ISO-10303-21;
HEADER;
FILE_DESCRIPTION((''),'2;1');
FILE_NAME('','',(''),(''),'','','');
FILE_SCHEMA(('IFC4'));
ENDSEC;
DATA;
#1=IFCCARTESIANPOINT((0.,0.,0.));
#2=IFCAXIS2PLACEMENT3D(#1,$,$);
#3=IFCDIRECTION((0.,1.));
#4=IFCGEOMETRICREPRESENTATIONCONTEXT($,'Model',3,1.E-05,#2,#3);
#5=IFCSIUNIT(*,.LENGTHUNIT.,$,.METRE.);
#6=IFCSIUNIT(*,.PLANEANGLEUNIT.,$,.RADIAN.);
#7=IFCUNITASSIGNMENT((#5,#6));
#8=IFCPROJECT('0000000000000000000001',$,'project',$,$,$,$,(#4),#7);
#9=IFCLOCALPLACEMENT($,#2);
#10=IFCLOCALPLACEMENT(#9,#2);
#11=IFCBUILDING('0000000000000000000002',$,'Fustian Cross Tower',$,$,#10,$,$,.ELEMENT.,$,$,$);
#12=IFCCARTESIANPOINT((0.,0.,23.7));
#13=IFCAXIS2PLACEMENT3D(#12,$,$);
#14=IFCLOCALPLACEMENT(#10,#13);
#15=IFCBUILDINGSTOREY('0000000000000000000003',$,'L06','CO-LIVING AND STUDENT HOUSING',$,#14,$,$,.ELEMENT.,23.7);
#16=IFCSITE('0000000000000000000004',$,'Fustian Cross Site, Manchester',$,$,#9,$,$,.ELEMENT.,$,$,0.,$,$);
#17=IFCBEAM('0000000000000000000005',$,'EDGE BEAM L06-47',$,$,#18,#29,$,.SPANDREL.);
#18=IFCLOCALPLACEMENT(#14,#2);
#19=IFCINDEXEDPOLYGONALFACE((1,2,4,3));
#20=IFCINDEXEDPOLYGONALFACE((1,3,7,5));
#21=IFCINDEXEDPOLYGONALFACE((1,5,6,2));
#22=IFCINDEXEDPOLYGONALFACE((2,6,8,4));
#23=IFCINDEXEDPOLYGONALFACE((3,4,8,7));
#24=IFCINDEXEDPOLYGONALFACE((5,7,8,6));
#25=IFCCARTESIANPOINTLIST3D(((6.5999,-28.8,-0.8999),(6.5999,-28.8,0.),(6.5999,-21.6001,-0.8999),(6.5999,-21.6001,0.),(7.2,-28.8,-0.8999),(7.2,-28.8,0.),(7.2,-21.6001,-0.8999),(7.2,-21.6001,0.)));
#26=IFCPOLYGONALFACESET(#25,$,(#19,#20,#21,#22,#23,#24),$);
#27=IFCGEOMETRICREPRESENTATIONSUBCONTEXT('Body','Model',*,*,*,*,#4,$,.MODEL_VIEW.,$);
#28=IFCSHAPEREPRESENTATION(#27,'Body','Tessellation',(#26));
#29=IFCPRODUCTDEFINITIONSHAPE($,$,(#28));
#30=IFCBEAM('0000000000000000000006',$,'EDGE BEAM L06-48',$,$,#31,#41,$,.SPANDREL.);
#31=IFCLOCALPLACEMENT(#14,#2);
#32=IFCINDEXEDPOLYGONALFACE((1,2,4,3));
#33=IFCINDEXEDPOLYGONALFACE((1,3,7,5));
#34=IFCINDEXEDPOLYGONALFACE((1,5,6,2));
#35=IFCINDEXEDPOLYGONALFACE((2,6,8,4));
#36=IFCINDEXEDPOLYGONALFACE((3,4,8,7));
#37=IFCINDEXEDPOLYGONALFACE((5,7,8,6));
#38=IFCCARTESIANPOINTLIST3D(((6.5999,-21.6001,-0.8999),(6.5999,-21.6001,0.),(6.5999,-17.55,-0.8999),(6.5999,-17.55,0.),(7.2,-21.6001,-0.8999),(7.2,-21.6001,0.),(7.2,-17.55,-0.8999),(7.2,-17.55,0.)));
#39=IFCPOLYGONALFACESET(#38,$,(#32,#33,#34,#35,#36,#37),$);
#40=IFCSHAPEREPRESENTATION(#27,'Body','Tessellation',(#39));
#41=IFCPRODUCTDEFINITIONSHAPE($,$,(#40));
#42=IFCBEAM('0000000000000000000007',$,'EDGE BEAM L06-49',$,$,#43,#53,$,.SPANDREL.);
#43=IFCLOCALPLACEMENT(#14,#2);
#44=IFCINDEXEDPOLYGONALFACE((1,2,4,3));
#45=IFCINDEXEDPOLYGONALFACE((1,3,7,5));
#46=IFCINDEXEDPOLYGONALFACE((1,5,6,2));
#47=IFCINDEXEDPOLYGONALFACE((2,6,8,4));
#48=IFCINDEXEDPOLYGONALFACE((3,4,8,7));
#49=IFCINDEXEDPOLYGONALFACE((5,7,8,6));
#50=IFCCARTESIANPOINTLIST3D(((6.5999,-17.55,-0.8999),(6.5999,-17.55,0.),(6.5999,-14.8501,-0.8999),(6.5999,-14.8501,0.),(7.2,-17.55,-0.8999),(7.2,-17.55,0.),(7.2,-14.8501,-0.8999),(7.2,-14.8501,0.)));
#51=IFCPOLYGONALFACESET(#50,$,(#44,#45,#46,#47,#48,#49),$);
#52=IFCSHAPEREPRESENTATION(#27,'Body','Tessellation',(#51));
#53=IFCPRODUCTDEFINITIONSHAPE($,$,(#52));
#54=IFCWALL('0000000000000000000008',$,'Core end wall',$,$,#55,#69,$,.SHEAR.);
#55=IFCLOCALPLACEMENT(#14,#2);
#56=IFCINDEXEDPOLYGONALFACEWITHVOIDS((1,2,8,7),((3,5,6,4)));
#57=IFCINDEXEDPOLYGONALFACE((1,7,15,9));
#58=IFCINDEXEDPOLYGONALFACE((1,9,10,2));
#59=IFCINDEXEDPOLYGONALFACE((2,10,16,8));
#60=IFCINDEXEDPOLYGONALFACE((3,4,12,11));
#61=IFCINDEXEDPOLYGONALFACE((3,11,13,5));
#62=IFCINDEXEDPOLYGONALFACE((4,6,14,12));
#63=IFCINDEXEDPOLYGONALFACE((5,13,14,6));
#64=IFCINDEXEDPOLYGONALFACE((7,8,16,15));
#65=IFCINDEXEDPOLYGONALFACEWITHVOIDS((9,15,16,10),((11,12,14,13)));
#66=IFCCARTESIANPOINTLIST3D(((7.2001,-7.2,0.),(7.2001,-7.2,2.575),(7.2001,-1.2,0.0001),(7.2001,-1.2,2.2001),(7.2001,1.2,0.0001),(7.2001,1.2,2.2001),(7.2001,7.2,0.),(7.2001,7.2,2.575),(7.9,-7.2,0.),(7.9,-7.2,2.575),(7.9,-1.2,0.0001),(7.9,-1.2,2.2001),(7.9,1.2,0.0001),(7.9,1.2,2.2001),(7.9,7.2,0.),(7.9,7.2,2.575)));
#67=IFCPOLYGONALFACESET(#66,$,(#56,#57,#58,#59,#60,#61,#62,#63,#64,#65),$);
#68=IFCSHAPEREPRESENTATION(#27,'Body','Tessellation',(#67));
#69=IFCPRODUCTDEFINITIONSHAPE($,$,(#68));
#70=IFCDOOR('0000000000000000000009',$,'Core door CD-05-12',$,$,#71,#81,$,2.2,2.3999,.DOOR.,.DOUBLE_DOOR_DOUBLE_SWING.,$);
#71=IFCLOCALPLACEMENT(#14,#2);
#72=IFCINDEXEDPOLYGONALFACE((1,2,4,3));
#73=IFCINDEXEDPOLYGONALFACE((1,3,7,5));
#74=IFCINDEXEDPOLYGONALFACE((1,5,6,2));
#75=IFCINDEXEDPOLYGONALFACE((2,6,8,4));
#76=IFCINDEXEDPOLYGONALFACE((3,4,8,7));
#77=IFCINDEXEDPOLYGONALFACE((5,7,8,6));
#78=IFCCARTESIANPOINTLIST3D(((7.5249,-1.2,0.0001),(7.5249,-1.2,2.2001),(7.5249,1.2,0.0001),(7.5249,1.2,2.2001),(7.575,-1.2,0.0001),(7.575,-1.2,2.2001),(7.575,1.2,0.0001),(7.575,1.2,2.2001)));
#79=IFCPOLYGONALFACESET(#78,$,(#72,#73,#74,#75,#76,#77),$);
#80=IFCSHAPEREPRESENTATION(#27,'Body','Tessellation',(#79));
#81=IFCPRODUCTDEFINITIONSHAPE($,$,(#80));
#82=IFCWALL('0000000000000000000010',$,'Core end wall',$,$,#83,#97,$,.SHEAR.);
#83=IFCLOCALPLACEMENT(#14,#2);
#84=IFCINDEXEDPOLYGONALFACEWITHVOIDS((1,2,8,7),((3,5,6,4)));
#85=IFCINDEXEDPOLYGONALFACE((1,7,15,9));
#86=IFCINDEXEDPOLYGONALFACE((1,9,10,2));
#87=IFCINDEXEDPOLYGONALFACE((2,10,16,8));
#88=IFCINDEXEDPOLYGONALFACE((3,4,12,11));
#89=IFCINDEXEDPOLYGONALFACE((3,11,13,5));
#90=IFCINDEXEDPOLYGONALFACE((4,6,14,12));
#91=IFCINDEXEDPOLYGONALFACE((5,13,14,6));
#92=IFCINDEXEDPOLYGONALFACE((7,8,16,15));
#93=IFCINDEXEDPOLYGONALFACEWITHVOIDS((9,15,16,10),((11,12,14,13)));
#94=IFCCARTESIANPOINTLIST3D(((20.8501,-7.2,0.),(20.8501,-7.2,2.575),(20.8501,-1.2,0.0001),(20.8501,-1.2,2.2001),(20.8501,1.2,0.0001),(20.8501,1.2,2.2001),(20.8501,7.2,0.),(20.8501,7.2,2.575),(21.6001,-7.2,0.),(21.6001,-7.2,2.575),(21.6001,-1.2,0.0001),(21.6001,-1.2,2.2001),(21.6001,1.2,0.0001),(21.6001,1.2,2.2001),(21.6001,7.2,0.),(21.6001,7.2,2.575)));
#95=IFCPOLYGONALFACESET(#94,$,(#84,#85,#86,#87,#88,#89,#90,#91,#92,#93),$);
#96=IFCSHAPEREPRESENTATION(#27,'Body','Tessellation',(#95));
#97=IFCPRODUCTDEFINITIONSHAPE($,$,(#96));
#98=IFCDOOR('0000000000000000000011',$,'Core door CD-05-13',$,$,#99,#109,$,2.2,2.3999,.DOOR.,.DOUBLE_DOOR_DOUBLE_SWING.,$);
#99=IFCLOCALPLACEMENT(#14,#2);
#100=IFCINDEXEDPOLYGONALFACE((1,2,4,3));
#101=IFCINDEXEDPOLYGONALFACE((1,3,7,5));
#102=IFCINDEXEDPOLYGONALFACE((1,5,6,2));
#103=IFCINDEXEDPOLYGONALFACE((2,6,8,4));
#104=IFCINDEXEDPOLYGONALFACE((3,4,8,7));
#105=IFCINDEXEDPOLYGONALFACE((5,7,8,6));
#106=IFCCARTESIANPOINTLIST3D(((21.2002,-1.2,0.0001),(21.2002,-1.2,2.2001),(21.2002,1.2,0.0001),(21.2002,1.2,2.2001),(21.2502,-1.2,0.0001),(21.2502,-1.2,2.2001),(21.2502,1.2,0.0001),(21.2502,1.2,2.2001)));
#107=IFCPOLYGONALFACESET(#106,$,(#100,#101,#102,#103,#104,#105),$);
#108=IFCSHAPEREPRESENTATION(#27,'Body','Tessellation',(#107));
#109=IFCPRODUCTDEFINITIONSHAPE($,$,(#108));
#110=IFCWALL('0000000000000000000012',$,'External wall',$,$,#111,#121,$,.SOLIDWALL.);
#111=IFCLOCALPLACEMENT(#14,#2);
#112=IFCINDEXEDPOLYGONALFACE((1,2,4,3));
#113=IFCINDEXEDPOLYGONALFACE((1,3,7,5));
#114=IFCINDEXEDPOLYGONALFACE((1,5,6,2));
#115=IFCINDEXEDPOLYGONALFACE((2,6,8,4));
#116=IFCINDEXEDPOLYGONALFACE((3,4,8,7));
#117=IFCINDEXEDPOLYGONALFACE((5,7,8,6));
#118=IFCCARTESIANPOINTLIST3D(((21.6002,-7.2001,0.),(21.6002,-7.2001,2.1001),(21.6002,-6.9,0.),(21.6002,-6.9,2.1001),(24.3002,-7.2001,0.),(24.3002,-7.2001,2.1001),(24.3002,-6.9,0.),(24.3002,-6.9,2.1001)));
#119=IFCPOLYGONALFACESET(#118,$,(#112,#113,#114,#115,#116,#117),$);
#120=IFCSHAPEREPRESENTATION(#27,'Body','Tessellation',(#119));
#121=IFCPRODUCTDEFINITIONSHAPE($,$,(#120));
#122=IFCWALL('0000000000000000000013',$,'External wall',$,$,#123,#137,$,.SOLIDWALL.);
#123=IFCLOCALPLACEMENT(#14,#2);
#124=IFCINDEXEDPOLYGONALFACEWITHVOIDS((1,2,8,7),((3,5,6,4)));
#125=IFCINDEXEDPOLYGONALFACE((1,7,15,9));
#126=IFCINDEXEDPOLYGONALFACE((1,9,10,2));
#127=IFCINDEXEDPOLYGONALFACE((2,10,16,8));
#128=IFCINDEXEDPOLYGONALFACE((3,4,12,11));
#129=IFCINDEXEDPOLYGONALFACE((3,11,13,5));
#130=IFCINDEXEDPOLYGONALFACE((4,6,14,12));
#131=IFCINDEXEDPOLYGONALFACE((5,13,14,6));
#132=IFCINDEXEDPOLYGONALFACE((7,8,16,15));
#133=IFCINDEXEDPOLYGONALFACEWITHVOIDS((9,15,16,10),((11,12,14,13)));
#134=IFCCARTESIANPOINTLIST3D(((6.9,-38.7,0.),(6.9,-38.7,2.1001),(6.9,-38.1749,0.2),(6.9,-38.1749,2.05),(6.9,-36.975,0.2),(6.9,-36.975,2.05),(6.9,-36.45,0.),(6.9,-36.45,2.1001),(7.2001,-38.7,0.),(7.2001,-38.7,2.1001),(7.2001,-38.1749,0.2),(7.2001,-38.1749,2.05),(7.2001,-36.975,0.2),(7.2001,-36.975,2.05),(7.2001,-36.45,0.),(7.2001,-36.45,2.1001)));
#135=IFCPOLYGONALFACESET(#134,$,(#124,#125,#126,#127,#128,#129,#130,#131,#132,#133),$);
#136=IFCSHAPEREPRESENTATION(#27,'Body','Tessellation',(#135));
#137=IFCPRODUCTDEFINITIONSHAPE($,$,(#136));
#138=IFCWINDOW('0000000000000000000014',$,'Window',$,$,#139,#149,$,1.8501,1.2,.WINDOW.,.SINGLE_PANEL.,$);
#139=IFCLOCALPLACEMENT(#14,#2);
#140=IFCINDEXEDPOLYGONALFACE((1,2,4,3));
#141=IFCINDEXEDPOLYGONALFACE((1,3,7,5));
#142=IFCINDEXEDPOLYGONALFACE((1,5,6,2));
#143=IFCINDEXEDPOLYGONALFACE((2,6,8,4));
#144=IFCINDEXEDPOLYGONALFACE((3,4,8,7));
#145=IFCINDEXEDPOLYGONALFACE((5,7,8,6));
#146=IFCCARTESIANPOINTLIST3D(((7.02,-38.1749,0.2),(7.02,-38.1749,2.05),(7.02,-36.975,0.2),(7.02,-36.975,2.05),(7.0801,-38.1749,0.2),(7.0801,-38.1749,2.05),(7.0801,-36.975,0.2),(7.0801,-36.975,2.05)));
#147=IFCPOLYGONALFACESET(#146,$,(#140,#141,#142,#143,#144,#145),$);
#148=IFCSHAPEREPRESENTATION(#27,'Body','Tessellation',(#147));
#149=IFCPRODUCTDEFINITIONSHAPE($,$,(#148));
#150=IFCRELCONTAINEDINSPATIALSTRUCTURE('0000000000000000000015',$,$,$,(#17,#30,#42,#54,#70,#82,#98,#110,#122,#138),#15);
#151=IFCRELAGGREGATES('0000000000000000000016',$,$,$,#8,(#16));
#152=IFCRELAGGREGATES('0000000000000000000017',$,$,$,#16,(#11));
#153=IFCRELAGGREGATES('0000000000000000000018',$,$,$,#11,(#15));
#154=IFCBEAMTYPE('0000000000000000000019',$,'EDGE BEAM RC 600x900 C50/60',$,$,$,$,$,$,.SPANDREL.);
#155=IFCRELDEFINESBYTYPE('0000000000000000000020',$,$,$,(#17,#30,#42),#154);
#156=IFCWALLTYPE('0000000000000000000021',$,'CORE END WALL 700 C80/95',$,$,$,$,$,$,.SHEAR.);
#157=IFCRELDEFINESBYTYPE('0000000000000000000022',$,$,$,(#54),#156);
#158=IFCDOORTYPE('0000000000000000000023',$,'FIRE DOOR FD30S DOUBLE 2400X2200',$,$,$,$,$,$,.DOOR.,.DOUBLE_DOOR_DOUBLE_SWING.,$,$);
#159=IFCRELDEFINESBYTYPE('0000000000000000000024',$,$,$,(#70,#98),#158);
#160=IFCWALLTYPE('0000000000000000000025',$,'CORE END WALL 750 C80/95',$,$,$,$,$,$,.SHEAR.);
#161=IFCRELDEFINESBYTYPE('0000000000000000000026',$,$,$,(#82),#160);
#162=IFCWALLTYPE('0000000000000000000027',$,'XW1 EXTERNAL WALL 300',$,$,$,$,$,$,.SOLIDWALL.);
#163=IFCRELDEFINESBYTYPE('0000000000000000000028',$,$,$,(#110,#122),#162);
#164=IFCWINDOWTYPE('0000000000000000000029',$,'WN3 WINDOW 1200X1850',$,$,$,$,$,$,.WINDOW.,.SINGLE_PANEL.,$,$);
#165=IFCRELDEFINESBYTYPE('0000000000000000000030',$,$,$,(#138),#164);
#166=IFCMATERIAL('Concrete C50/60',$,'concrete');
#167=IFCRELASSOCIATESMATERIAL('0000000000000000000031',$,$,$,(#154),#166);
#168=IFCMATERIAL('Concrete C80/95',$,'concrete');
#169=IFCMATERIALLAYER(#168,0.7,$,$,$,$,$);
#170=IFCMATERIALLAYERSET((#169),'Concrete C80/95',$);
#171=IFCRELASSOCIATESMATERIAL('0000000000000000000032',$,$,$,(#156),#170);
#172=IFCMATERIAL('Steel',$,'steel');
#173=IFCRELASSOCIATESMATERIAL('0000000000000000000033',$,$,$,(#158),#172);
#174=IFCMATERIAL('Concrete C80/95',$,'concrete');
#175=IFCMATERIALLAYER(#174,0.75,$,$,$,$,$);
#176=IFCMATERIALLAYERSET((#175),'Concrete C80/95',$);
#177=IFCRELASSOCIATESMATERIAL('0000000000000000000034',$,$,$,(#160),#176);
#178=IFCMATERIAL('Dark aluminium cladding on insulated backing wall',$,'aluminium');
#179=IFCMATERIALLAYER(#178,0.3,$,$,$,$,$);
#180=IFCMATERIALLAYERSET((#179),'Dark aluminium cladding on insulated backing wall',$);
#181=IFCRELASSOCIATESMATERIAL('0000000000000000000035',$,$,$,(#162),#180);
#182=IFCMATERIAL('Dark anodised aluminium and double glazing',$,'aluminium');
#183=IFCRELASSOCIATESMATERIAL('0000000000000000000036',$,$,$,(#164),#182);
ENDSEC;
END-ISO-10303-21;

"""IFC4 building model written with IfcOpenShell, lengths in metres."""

from ifc_helpers import new_model, si_unit, direction, frame, frame_2d, origin, origin_2d, place, context, subcontext, project, spatial, rectangle, extrude, material, layer, layer_set, material_profile, profile_set, type_object, element, fill, save


model = new_model("IFC4")

# Units and contexts
model_context = context("Model", 3, precision=1e-05, world=origin(), true_north=direction((0.0, 1.0)))
body_context = subcontext(model_context, "Body", "Model", "MODEL_VIEW")
ifc_project = project(units=[si_unit("LENGTHUNIT", "METRE"), si_unit("PLANEANGLEUNIT", "RADIAN")], contexts=[model_context])

# Site, building, storey
site_placement = place(None, origin())
site = spatial("IfcSite", under=ifc_project, at=site_placement, Name="Fustian Cross Site, Manchester", CompositionType="ELEMENT", RefElevation=0.0)
building_placement = place(site_placement, origin())
building = spatial("IfcBuilding", under=site, at=building_placement, Name="Fustian Cross Tower", CompositionType="ELEMENT")
storey_placement = place(building_placement, frame((0.0, 0.0, 23.7)))
storey = spatial("IfcBuildingStorey", under=building, at=storey_placement, Name="L06", Description="CO-LIVING AND STUDENT HOUSING", CompositionType="ELEMENT", Elevation=23.7)

# Beams
ifc_material_1 = material(Name="Concrete C50/60", Category="concrete")
ifc_material_profile = material_profile(ifc_material_1, rectangle(XDim=0.6001, YDim=0.8999, at=origin_2d()), Name="RC 600x900")
ifc_profile_set = profile_set([ifc_material_profile], Name="Concrete C50/60")
beam_type = type_object("IfcBeamType", Name="EDGE BEAM RC 600x900 C50/60", PredefinedType="SPANDREL", material=ifc_profile_set)
beam_1_placement = place(storey_placement, frame((6.8999, -28.8, -0.45), z_axis=(0.0, 1.0, 0.0), x_axis=(-1.0, 0.0, 0.0)))
element("IfcBeam", 1, at=beam_1_placement, inside=storey, type_object=beam_type, Name="EDGE BEAM L06-47", PredefinedType="SPANDREL", context=body_context, shape_type="SweptSolid", body=[
    extrude(rectangle(XDim=0.6001, YDim=0.8999, at=origin_2d()), origin(), (0.0, 0.0, 1.0), 7.2),
])
beam_2_placement = place(storey_placement, frame((6.8999, -21.6001, -0.45), z_axis=(0.0, 1.0, 0.0), x_axis=(-1.0, 0.0, 0.0)))
element("IfcBeam", 2, at=beam_2_placement, inside=storey, type_object=beam_type, Name="EDGE BEAM L06-48", PredefinedType="SPANDREL", context=body_context, shape_type="SweptSolid", body=[
    extrude(rectangle(XDim=0.6001, YDim=0.8999, at=origin_2d()), origin(), (0.0, 0.0, 1.0), 4.05),
])
beam_3_placement = place(storey_placement, frame((6.8999, -17.55, -0.45), z_axis=(0.0, 1.0, 0.0), x_axis=(-1.0, 0.0, 0.0)))
element("IfcBeam", 3, at=beam_3_placement, inside=storey, type_object=beam_type, Name="EDGE BEAM L06-49", PredefinedType="SPANDREL", context=body_context, shape_type="SweptSolid", body=[
    extrude(rectangle(XDim=0.6001, YDim=0.8999, at=origin_2d()), origin(), (0.0, 0.0, 1.0), 2.7),
])

# Walls, openings, doors
ifc_material_2 = material(Name="Concrete C80/95", Category="concrete")
ifc_layer_1 = layer(ifc_material_2, 0.7)
ifc_layer_set_1 = layer_set([ifc_layer_1], Name="Concrete C80/95")
wall_type_1 = type_object("IfcWallType", Name="CORE END WALL 700 C80/95", PredefinedType="SHEAR", material=ifc_layer_set_1)
wall_1_placement = place(storey_placement, frame((7.55, -7.2, 0.0), z_axis=(0.0, 0.0, 1.0), x_axis=(0.0, 1.0, 0.0)))
wall_1 = element("IfcWall", 4, at=wall_1_placement, inside=storey, type_object=wall_type_1, Name="Core end wall", PredefinedType="SHEAR", context=body_context, shape_type="SweptSolid", body=[
    extrude(rectangle(XDim=14.3999, YDim=0.7, at=frame_2d((7.2, 0.0))), origin(), (0.0, 0.0, 1.0), 2.575),
])
opening_1_placement = place(wall_1_placement, frame((6.0, 0.0, 0.0)))
opening_1 = element("IfcOpeningElement", 5, at=opening_1_placement, cuts=wall_1, PredefinedType="OPENING", context=body_context, shape_type="SweptSolid", body=[
    extrude(rectangle(XDim=2.3999, YDim=2.2, at=frame_2d((1.2, 1.1001))), frame((0.0, 0.3599, 0.0), z_axis=(0.0, -1.0, 0.0), x_axis=(1.0, 0.0, 0.0)), (0.0, 0.0, 1.0), 0.72),
])
ifc_material_3 = material(Name="Steel", Category="steel")
door_type = type_object("IfcDoorType", Name="FIRE DOOR FD30S DOUBLE 2400X2200", OperationType="DOUBLE_DOOR_DOUBLE_SWING", PredefinedType="DOOR", material=ifc_material_3)
door_1_placement = place(opening_1_placement, frame((2.3999, 0.0, 0.0), z_axis=(0.0, 0.0, 1.0), x_axis=(-1.0, 0.0, 0.0)))
door_1 = element("IfcDoor", 6, at=door_1_placement, inside=storey, type_object=door_type, Name="Core door CD-05-12", OperationType="DOUBLE_DOOR_DOUBLE_SWING", OverallHeight=2.2, OverallWidth=2.3999, PredefinedType="DOOR", context=body_context, shape_type="SweptSolid", body=[
    extrude(rectangle(XDim=2.3999, YDim=2.2, at=frame_2d((1.2, 1.1001))), frame((0.0, 0.0249, 0.0), z_axis=(0.0, -1.0, 0.0), x_axis=(1.0, 0.0, 0.0)), (0.0, 0.0, 1.0), 0.05),
])
fill(opening_1, door_1)
ifc_material_4 = material(Name="Concrete C80/95", Category="concrete")
ifc_layer_2 = layer(ifc_material_4, 0.75)
ifc_layer_set_2 = layer_set([ifc_layer_2], Name="Concrete C80/95")
wall_type_2 = type_object("IfcWallType", Name="CORE END WALL 750 C80/95", PredefinedType="SHEAR", material=ifc_layer_set_2)
wall_2_placement = place(storey_placement, frame((21.2251, -7.2, 0.0), z_axis=(0.0, 0.0, 1.0), x_axis=(0.0, 1.0, 0.0)))
wall_2 = element("IfcWall", 7, at=wall_2_placement, inside=storey, type_object=wall_type_2, Name="Core end wall", PredefinedType="SHEAR", context=body_context, shape_type="SweptSolid", body=[
    extrude(rectangle(XDim=14.3999, YDim=0.75, at=frame_2d((7.2, 0.0))), origin(), (0.0, 0.0, 1.0), 2.575),
])
opening_2_placement = place(wall_2_placement, frame((6.0, 0.0, 0.0)))
opening_2 = element("IfcOpeningElement", 8, at=opening_2_placement, cuts=wall_2, PredefinedType="OPENING", context=body_context, shape_type="SweptSolid", body=[
    extrude(rectangle(XDim=2.3999, YDim=2.2, at=frame_2d((1.2, 1.1001))), frame((0.0, 0.385, 0.0), z_axis=(0.0, -1.0, 0.0), x_axis=(1.0, 0.0, 0.0)), (0.0, 0.0, 1.0), 0.77),
])
door_2_placement = place(opening_2_placement, origin())
door_2 = element("IfcDoor", 9, at=door_2_placement, inside=storey, type_object=door_type, Name="Core door CD-05-13", OperationType="DOUBLE_DOOR_DOUBLE_SWING", OverallHeight=2.2, OverallWidth=2.3999, PredefinedType="DOOR", context=body_context, shape_type="SweptSolid", body=[
    extrude(rectangle(XDim=2.3999, YDim=2.2, at=frame_2d((1.2, 1.1001))), frame((0.0, 0.0249, 0.0), z_axis=(0.0, -1.0, 0.0), x_axis=(1.0, 0.0, 0.0)), (0.0, 0.0, 1.0), 0.05),
])
fill(opening_2, door_2)

# Wall
ifc_material_5 = material(Name="Dark aluminium cladding on insulated backing wall", Category="aluminium")
ifc_layer_3 = layer(ifc_material_5, 0.3)
ifc_layer_set_3 = layer_set([ifc_layer_3], Name="Dark aluminium cladding on insulated backing wall")
wall_type_3 = type_object("IfcWallType", Name="XW1 EXTERNAL WALL 300", PredefinedType="SOLIDWALL", material=ifc_layer_set_3)
wall_3_placement = place(storey_placement, frame((21.6001, -7.05, 0.0), z_axis=(0.0, 0.0, 1.0), x_axis=(1.0, 0.0, 0.0)))
element("IfcWall", 10, at=wall_3_placement, inside=storey, type_object=wall_type_3, Name="External wall", PredefinedType="SOLIDWALL", context=body_context, shape_type="SweptSolid", body=[
    extrude(rectangle(XDim=2.7, YDim=0.3, at=frame_2d((1.3501, 0.0))), origin(), (0.0, 0.0, 1.0), 2.1001),
])

# Wall, opening, window
wall_4_placement = place(storey_placement, frame((7.05, -38.7, 0.0), z_axis=(0.0, 0.0, 1.0), x_axis=(0.0, 1.0, 0.0)))
wall_4 = element("IfcWall", 11, at=wall_4_placement, inside=storey, type_object=wall_type_3, Name="External wall", PredefinedType="SOLIDWALL", context=body_context, shape_type="SweptSolid", body=[
    extrude(rectangle(XDim=2.25, YDim=0.3, at=frame_2d((1.125, 0.0))), origin(), (0.0, 0.0, 1.0), 2.1001),
])
opening_3_placement = place(wall_4_placement, frame((0.5249, 0.0, 0.2)))
opening_3 = element("IfcOpeningElement", 12, at=opening_3_placement, cuts=wall_4, PredefinedType="OPENING", context=body_context, shape_type="SweptSolid", body=[
    extrude(rectangle(XDim=1.2, YDim=1.8501, at=frame_2d((0.6001, 0.925))), frame((0.0, 0.1599, 0.0), z_axis=(0.0, -1.0, 0.0), x_axis=(1.0, 0.0, 0.0)), (0.0, 0.0, 1.0), 0.3201),
])
ifc_material_6 = material(Name="Dark anodised aluminium and double glazing", Category="aluminium")
window_type_1 = type_object("IfcWindowType", Name="WN3 WINDOW 1200X1850", PartitioningType="SINGLE_PANEL", PredefinedType="WINDOW", material=ifc_material_6)
window_1_placement = place(opening_3_placement, origin())
window_1 = element("IfcWindow", 13, at=window_1_placement, inside=storey, type_object=window_type_1, Name="Window", OverallHeight=1.8501, OverallWidth=1.2, PartitioningType="SINGLE_PANEL", PredefinedType="WINDOW", context=body_context, shape_type="SweptSolid", body=[
    extrude(rectangle(XDim=1.2, YDim=1.8501, at=frame_2d((0.6001, 0.925))), frame((0.0, 0.03, 0.0), z_axis=(0.0, -1.0, 0.0), x_axis=(1.0, 0.0, 0.0)), (0.0, 0.0, 1.0), 0.0601),
])
fill(opening_3, window_1)

save(model, "model.ifc")
